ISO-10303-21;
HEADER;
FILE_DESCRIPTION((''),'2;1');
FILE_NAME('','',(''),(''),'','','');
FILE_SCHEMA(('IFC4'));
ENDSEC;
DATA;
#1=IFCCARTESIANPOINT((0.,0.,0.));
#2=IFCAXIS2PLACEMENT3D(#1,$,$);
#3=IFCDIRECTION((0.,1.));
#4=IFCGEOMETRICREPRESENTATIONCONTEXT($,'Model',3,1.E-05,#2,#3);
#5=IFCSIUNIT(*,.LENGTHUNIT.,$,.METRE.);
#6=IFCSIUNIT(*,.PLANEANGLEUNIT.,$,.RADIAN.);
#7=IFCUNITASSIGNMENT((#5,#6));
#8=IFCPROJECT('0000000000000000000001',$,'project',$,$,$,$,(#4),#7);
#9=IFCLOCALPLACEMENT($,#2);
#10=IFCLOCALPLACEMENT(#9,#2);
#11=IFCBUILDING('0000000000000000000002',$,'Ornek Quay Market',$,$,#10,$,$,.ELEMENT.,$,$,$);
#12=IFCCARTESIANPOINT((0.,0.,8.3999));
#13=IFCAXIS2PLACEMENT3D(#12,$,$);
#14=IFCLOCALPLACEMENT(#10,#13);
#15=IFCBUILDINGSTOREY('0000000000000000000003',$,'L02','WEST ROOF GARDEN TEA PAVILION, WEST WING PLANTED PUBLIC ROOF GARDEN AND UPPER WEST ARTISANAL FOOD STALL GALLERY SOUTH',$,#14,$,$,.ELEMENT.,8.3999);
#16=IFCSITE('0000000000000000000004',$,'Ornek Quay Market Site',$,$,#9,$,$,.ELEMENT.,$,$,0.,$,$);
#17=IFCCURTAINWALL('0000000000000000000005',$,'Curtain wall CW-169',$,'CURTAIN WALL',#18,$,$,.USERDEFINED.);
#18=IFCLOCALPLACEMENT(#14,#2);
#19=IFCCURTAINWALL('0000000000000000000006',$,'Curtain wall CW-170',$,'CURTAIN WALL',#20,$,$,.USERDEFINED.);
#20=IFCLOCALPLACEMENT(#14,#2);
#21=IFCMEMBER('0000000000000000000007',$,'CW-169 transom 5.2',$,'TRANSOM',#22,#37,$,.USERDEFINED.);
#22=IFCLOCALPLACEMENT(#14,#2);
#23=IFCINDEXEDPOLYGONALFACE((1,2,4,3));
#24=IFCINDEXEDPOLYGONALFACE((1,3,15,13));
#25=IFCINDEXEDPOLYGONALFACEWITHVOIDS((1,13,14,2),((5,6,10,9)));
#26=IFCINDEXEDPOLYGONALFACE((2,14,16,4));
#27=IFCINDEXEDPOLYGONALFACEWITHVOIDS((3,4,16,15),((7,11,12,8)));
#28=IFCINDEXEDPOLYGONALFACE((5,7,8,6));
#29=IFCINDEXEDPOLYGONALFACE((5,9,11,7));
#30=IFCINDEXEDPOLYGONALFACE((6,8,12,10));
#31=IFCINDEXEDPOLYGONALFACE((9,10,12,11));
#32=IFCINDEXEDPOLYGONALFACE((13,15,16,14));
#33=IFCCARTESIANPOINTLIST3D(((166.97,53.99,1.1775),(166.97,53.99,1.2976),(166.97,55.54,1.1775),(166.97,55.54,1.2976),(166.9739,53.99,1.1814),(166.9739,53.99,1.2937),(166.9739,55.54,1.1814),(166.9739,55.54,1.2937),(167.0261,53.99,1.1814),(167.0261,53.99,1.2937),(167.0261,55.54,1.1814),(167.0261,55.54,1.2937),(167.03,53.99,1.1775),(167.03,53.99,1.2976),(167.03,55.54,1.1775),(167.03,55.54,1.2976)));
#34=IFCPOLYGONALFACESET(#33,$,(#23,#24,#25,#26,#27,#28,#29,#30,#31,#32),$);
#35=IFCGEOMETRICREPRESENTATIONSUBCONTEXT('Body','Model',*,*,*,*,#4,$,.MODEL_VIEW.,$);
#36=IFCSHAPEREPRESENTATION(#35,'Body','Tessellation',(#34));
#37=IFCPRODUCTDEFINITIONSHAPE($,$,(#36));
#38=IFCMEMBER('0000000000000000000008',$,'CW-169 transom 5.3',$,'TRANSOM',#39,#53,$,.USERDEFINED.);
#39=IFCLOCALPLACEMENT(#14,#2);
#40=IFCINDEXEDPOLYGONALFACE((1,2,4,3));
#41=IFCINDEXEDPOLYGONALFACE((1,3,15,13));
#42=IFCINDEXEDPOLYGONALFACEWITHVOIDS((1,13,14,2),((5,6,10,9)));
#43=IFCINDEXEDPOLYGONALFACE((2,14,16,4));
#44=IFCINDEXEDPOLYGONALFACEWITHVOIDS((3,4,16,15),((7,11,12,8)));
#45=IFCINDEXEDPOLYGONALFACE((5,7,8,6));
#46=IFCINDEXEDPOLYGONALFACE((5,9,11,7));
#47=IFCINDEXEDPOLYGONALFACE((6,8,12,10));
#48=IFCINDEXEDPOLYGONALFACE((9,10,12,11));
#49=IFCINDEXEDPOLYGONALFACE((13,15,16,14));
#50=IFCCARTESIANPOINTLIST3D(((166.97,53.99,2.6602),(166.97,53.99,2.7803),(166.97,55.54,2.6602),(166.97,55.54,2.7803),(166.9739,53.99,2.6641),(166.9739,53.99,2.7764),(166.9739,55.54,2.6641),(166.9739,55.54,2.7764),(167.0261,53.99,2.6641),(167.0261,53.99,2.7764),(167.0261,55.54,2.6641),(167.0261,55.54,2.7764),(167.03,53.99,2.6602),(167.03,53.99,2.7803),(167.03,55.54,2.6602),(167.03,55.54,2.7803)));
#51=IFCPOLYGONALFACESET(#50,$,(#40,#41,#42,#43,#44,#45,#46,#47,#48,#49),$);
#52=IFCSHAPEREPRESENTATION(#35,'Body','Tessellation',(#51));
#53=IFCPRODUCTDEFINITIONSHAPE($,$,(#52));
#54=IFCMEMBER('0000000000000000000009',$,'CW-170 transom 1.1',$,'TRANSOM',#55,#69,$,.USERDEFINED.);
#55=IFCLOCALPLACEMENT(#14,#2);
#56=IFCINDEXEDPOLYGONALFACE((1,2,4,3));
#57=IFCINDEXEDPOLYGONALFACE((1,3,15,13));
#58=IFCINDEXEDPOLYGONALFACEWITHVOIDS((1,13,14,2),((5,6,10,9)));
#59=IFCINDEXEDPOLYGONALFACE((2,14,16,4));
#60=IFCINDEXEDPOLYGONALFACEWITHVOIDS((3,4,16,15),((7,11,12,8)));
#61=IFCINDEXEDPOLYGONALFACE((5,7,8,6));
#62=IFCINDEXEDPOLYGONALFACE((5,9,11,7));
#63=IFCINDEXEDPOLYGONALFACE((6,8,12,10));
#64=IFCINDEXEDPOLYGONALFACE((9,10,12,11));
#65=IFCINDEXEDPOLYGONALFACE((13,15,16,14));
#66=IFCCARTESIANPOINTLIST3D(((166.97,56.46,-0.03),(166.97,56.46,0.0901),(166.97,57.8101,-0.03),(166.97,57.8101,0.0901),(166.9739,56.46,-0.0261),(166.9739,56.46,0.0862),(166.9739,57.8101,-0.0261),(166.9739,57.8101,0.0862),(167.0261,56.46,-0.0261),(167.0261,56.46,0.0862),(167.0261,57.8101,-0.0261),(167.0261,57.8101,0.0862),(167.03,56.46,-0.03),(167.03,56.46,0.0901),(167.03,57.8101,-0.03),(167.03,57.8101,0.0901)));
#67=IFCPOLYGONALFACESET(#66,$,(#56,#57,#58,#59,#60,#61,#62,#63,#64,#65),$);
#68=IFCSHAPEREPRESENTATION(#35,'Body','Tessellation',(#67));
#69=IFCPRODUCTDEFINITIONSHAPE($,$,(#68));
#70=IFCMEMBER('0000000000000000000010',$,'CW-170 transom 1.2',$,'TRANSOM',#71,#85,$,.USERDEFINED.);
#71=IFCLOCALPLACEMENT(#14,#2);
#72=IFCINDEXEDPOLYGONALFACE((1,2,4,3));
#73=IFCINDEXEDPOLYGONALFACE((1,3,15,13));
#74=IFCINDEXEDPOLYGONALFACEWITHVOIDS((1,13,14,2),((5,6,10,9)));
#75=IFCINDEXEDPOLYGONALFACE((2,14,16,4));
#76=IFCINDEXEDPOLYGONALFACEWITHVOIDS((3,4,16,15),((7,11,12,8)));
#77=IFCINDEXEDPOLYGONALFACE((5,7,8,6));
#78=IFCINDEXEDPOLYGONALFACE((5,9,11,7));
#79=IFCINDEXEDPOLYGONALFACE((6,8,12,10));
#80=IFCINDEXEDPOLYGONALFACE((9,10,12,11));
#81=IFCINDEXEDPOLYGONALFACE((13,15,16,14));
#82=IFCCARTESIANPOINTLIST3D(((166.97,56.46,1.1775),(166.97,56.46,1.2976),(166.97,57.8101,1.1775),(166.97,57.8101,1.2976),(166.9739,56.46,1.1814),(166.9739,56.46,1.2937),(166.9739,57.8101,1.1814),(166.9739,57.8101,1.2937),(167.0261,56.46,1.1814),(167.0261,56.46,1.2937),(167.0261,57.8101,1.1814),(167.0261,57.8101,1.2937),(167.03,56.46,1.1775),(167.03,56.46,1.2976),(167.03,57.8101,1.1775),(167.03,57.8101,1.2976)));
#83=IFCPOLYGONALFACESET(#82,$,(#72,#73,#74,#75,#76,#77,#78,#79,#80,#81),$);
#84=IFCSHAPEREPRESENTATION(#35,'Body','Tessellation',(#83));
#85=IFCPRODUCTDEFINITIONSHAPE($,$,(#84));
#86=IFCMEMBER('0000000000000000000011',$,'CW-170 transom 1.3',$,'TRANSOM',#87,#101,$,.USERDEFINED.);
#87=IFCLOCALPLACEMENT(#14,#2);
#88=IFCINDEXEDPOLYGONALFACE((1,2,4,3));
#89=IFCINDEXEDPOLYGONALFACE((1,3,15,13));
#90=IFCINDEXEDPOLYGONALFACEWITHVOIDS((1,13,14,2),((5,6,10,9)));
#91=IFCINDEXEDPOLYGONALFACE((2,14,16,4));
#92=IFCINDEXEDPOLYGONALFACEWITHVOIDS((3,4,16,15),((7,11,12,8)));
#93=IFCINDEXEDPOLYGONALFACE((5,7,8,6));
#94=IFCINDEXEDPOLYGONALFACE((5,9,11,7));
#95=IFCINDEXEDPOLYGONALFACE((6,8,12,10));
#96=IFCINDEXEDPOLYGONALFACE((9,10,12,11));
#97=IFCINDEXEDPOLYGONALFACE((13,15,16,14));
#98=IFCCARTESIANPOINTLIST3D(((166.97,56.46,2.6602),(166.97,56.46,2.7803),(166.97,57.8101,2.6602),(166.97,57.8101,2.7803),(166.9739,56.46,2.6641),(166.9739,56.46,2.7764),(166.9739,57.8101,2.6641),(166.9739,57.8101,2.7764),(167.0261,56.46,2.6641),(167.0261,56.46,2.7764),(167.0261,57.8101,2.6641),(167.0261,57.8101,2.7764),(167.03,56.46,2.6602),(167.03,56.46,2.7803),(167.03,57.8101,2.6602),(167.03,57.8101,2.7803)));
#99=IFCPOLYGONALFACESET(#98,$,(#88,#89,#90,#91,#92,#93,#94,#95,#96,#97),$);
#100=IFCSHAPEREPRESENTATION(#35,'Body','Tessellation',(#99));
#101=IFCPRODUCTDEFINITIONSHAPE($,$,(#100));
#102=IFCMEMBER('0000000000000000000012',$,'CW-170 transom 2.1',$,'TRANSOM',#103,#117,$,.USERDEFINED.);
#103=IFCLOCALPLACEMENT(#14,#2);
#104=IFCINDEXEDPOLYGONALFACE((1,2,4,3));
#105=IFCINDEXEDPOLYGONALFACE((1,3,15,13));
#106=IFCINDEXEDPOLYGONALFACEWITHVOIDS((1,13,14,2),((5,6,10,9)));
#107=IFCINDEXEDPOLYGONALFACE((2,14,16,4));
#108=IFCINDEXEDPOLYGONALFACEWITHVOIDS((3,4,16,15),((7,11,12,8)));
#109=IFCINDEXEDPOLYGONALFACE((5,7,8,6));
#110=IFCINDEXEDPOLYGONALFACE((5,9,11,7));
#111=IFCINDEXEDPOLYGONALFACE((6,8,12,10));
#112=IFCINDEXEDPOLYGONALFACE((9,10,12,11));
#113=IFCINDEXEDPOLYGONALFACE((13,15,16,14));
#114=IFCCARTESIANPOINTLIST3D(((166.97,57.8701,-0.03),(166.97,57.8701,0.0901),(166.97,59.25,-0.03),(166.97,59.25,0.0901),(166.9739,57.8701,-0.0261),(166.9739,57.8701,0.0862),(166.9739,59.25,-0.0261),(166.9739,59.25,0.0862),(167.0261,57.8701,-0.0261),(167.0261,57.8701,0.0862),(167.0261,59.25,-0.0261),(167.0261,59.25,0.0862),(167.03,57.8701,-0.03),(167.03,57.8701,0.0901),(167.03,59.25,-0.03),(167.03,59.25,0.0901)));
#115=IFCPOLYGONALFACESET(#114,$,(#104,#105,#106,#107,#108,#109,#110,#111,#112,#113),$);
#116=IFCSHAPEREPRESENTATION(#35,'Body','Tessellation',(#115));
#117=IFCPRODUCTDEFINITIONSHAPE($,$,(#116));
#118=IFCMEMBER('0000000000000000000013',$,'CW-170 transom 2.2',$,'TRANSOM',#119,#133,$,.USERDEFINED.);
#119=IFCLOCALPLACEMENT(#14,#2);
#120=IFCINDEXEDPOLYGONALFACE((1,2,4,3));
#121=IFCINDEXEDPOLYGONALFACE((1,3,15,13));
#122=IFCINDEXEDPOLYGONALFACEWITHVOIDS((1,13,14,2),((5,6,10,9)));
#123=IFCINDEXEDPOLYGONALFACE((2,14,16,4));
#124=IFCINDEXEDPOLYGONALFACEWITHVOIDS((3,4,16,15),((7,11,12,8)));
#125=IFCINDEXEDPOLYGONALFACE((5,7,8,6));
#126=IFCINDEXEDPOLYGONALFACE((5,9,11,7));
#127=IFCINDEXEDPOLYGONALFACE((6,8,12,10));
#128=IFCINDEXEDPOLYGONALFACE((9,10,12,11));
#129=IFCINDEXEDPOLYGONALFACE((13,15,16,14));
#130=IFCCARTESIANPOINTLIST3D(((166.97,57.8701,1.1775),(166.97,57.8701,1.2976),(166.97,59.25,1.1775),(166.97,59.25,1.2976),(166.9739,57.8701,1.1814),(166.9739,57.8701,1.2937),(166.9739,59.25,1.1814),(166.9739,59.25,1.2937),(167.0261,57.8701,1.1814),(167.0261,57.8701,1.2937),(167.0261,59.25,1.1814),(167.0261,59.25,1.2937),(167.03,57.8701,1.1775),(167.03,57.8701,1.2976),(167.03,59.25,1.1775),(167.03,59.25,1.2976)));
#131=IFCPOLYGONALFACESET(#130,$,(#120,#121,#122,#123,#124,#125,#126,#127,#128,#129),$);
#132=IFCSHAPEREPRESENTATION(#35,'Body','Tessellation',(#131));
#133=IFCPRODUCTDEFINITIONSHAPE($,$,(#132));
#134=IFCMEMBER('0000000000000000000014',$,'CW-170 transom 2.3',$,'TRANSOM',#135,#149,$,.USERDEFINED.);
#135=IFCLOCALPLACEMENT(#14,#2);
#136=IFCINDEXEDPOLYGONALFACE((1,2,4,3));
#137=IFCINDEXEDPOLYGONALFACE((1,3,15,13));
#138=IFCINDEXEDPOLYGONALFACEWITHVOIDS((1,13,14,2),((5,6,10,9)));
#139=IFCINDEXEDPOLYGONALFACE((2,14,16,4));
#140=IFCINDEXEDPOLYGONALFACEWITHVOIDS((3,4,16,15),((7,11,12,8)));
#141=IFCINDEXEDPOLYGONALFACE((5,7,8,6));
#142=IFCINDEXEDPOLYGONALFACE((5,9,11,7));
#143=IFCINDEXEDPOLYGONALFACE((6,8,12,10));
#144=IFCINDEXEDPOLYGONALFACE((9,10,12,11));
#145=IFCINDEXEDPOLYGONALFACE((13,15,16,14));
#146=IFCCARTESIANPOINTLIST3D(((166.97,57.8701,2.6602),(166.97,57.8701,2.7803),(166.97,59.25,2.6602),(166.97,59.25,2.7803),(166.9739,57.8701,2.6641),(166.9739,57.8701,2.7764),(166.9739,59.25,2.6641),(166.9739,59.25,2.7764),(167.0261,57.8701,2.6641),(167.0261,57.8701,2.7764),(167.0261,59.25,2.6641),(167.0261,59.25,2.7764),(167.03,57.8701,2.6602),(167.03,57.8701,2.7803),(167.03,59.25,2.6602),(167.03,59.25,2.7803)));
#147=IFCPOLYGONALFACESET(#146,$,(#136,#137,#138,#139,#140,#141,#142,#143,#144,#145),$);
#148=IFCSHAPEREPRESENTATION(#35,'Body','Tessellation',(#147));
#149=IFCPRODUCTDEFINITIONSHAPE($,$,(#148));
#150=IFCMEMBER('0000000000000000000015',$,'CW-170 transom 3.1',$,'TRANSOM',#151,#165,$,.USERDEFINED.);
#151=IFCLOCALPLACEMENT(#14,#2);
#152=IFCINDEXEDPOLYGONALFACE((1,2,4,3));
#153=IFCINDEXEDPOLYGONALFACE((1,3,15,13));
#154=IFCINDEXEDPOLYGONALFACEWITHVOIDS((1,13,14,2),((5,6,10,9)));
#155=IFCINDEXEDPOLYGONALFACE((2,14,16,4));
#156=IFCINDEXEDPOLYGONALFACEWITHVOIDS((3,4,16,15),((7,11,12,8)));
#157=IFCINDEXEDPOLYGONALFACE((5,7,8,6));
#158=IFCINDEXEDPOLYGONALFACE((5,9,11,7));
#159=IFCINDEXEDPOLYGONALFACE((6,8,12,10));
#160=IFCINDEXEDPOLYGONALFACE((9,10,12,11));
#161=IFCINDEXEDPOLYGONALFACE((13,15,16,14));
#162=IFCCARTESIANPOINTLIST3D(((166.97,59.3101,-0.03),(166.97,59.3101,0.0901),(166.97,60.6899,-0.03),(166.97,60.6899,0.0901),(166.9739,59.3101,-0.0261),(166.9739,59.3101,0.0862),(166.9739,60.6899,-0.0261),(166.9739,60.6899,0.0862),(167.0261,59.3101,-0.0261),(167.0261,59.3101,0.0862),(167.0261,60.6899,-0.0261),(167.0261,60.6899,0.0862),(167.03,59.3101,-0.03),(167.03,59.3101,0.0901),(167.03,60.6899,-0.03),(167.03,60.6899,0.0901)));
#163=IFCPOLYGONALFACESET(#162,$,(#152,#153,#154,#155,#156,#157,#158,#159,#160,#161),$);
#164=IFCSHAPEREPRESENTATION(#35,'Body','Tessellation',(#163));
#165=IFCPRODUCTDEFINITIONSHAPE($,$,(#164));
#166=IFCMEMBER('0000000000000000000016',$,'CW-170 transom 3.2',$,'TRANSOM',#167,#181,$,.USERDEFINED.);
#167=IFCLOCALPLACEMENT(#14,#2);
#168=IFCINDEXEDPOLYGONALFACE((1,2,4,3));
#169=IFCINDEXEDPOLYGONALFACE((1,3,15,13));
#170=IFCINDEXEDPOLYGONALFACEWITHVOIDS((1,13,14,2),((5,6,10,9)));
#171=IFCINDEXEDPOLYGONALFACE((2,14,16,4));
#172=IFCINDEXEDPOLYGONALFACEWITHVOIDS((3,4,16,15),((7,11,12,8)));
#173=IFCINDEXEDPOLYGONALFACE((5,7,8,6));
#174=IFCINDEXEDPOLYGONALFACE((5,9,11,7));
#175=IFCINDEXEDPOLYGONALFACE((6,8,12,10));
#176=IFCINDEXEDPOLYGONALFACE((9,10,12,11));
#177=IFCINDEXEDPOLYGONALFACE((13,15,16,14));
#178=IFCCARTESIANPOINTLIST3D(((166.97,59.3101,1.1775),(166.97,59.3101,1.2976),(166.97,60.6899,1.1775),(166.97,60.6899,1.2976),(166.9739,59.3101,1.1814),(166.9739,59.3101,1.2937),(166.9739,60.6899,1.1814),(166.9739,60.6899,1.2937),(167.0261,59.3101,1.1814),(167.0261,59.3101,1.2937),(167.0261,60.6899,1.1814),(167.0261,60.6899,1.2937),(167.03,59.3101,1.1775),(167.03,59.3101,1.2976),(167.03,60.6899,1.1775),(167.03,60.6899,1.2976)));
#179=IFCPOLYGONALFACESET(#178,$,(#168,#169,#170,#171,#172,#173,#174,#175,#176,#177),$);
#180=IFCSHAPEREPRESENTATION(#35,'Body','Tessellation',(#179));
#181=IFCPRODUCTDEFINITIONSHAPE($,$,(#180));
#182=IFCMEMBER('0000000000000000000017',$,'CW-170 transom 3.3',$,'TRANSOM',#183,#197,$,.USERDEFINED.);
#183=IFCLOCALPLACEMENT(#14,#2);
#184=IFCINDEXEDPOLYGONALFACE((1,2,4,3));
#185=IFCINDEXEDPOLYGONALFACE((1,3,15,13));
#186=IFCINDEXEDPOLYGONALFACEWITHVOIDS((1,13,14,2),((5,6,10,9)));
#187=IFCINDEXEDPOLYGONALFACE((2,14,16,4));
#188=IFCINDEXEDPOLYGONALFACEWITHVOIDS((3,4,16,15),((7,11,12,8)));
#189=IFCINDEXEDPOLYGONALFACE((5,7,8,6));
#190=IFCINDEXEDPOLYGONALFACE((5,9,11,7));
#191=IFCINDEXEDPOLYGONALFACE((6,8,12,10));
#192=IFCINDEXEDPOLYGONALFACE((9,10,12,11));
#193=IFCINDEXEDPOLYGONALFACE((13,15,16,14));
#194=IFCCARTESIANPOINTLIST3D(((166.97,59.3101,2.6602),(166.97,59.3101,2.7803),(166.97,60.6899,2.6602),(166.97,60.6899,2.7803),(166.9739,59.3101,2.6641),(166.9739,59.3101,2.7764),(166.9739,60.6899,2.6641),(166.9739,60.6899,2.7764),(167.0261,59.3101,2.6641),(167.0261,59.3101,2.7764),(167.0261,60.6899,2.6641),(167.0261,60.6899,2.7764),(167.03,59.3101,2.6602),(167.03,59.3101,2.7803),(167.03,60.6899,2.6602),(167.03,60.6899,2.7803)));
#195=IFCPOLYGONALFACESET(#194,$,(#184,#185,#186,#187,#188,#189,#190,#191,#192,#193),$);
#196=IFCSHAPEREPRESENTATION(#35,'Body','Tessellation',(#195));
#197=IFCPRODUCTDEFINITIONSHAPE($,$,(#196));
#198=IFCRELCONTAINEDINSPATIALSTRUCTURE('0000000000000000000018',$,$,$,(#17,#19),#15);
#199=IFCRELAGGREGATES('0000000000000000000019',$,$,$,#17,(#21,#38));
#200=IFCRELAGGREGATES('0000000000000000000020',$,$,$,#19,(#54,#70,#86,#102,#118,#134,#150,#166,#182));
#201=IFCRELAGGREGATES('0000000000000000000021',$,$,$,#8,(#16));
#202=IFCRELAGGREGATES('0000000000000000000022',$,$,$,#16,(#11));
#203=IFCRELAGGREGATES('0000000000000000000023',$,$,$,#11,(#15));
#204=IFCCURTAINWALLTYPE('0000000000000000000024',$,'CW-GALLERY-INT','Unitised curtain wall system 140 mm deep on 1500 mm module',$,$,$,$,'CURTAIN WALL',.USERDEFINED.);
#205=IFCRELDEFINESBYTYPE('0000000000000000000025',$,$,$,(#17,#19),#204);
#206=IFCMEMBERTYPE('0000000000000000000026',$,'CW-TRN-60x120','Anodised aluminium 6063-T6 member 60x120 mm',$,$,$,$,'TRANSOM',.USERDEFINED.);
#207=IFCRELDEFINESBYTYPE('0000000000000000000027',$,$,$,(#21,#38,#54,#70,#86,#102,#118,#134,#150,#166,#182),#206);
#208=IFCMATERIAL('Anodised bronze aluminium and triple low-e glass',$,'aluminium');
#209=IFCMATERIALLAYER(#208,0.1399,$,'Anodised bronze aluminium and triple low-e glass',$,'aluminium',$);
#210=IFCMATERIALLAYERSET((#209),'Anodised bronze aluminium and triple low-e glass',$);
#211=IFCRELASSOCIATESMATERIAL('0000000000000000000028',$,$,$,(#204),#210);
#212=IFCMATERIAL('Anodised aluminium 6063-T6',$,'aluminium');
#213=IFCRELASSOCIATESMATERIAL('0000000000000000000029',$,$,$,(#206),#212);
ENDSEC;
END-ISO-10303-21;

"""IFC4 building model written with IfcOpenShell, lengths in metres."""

from ifc_helpers import new_model, si_unit, direction, frame, origin, origin_2d, place, context, subcontext, project, spatial, hollow_rectangle, extrude, material, layer, layer_set, material_profile, profile_set, type_object, element, aggregate, save


model = new_model("IFC4")

# Units and contexts
model_context = context("Model", 3, precision=1e-05, world=origin(), true_north=direction((0.0, 1.0)))
body_context = subcontext(model_context, "Body", "Model", "MODEL_VIEW")
ifc_project = project(units=[si_unit("LENGTHUNIT", "METRE"), si_unit("PLANEANGLEUNIT", "RADIAN")], contexts=[model_context])

# Site, building, storey
site_placement = place(None, origin())
site = spatial("IfcSite", under=ifc_project, at=site_placement, Name="Ornek Quay Market Site", CompositionType="ELEMENT", RefElevation=0.0)
building_placement = place(site_placement, origin())
building = spatial("IfcBuilding", under=site, at=building_placement, Name="Ornek Quay Market", CompositionType="ELEMENT")
storey_placement = place(building_placement, frame((0.0, 0.0, 8.3999)))
storey = spatial("IfcBuildingStorey", under=building, at=storey_placement, Name="L02", Description="WEST ROOF GARDEN TEA PAVILION, WEST WING PLANTED PUBLIC ROOF GARDEN AND UPPER WEST ARTISANAL FOOD STALL GALLERY SOUTH", CompositionType="ELEMENT", Elevation=8.3999)

# Curtain wall
ifc_material_1 = material(Name="Anodised bronze aluminium and triple low-e glass", Category="aluminium")
ifc_layer_1 = layer(ifc_material_1, 0.1399, Name="Anodised bronze aluminium and triple low-e glass", Category="aluminium")
ifc_layer_set_1 = layer_set([ifc_layer_1], Name="Anodised bronze aluminium and triple low-e glass")
curtain_wall_type = type_object("IfcCurtainWallType", Name="CW-GALLERY-INT", Description="Unitised curtain wall system 140 mm deep on 1500 mm module", ElementType="CURTAIN WALL", PredefinedType="USERDEFINED", material=ifc_layer_set_1)
curtain_wall_1_placement = place(storey_placement, origin())
curtain_wall_1 = element("IfcCurtainWall", 1, at=curtain_wall_1_placement, inside=storey, type_object=curtain_wall_type, Name="Curtain wall CW-169", ObjectType="CURTAIN WALL", PredefinedType="USERDEFINED")
ifc_material_2 = material(Name="Anodised aluminium 6063-T6", Category="aluminium")

# Curtain wall
curtain_wall_2_placement = place(storey_placement, origin())
curtain_wall_2 = element("IfcCurtainWall", 2, at=curtain_wall_2_placement, inside=storey, type_object=curtain_wall_type, Name="Curtain wall CW-170", ObjectType="CURTAIN WALL", PredefinedType="USERDEFINED")

# Members
ifc_material_profile_1 = material_profile(ifc_material_2, hollow_rectangle(XDim=0.0601, YDim=0.1201, WallThickness=0.0039, at=origin_2d()), Name="CW-TRN-60x120", Category="aluminium")
ifc_profile_set_1 = profile_set([ifc_material_profile_1], Name="Anodised aluminium 6063-T6")
member_type_1 = type_object("IfcMemberType", Name="CW-TRN-60x120", Description="Anodised aluminium 6063-T6 member 60x120 mm", ElementType="TRANSOM", PredefinedType="USERDEFINED", material=ifc_profile_set_1)
member_1_placement = place(storey_placement, frame((167.0, 53.99, 1.2375), z_axis=(0.0, 1.0, 0.0), x_axis=(-1.0, 0.0, 0.0)))
member_1 = element("IfcMember", 3, at=member_1_placement, type_object=member_type_1, Name="CW-169 transom 5.2", ObjectType="TRANSOM", PredefinedType="USERDEFINED", context=body_context, shape_type="SweptSolid", body=[
    extrude(hollow_rectangle(XDim=0.0601, YDim=0.1201, WallThickness=0.0039, at=origin_2d()), origin(), (0.0, 0.0, 1.0), 1.55),
])
member_2_placement = place(storey_placement, frame((167.0, 53.99, 2.7202), z_axis=(0.0, 1.0, 0.0), x_axis=(-1.0, 0.0, 0.0)))
member_2 = element("IfcMember", 4, at=member_2_placement, type_object=member_type_1, Name="CW-169 transom 5.3", ObjectType="TRANSOM", PredefinedType="USERDEFINED", context=body_context, shape_type="SweptSolid", body=[
    extrude(hollow_rectangle(XDim=0.0601, YDim=0.1201, WallThickness=0.0039, at=origin_2d()), origin(), (0.0, 0.0, 1.0), 1.55),
])
member_3_placement = place(storey_placement, frame((167.0, 56.46, 0.03), z_axis=(0.0, 1.0, 0.0), x_axis=(-1.0, 0.0, 0.0)))
member_3 = element("IfcMember", 5, at=member_3_placement, type_object=member_type_1, Name="CW-170 transom 1.1", ObjectType="TRANSOM", PredefinedType="USERDEFINED", context=body_context, shape_type="SweptSolid", body=[
    extrude(hollow_rectangle(XDim=0.0601, YDim=0.1201, WallThickness=0.0039, at=origin_2d()), origin(), (0.0, 0.0, 1.0), 1.3501),
])
member_4_placement = place(storey_placement, frame((167.0, 56.46, 1.2375), z_axis=(0.0, 1.0, 0.0), x_axis=(-1.0, 0.0, 0.0)))
member_4 = element("IfcMember", 6, at=member_4_placement, type_object=member_type_1, Name="CW-170 transom 1.2", ObjectType="TRANSOM", PredefinedType="USERDEFINED", context=body_context, shape_type="SweptSolid", body=[
    extrude(hollow_rectangle(XDim=0.0601, YDim=0.1201, WallThickness=0.0039, at=origin_2d()), origin(), (0.0, 0.0, 1.0), 1.3501),
])
member_5_placement = place(storey_placement, frame((167.0, 56.46, 2.7202), z_axis=(0.0, 1.0, 0.0), x_axis=(-1.0, 0.0, 0.0)))
member_5 = element("IfcMember", 7, at=member_5_placement, type_object=member_type_1, Name="CW-170 transom 1.3", ObjectType="TRANSOM", PredefinedType="USERDEFINED", context=body_context, shape_type="SweptSolid", body=[
    extrude(hollow_rectangle(XDim=0.0601, YDim=0.1201, WallThickness=0.0039, at=origin_2d()), origin(), (0.0, 0.0, 1.0), 1.3501),
])
member_6_placement = place(storey_placement, frame((167.0, 57.8701, 0.03), z_axis=(0.0, 1.0, 0.0), x_axis=(-1.0, 0.0, 0.0)))
member_6 = element("IfcMember", 8, at=member_6_placement, type_object=member_type_1, Name="CW-170 transom 2.1", ObjectType="TRANSOM", PredefinedType="USERDEFINED", context=body_context, shape_type="SweptSolid", body=[
    extrude(hollow_rectangle(XDim=0.0601, YDim=0.1201, WallThickness=0.0039, at=origin_2d()), origin(), (0.0, 0.0, 1.0), 1.3799),
])
member_7_placement = place(storey_placement, frame((167.0, 57.8701, 1.2375), z_axis=(0.0, 1.0, 0.0), x_axis=(-1.0, 0.0, 0.0)))
member_7 = element("IfcMember", 9, at=member_7_placement, type_object=member_type_1, Name="CW-170 transom 2.2", ObjectType="TRANSOM", PredefinedType="USERDEFINED", context=body_context, shape_type="SweptSolid", body=[
    extrude(hollow_rectangle(XDim=0.0601, YDim=0.1201, WallThickness=0.0039, at=origin_2d()), origin(), (0.0, 0.0, 1.0), 1.3799),
])
member_8_placement = place(storey_placement, frame((167.0, 57.8701, 2.7202), z_axis=(0.0, 1.0, 0.0), x_axis=(-1.0, 0.0, 0.0)))
member_8 = element("IfcMember", 10, at=member_8_placement, type_object=member_type_1, Name="CW-170 transom 2.3", ObjectType="TRANSOM", PredefinedType="USERDEFINED", context=body_context, shape_type="SweptSolid", body=[
    extrude(hollow_rectangle(XDim=0.0601, YDim=0.1201, WallThickness=0.0039, at=origin_2d()), origin(), (0.0, 0.0, 1.0), 1.3799),
])
member_9_placement = place(storey_placement, frame((167.0, 59.3101, 0.03), z_axis=(0.0, 1.0, 0.0), x_axis=(-1.0, 0.0, 0.0)))
member_9 = element("IfcMember", 11, at=member_9_placement, type_object=member_type_1, Name="CW-170 transom 3.1", ObjectType="TRANSOM", PredefinedType="USERDEFINED", context=body_context, shape_type="SweptSolid", body=[
    extrude(hollow_rectangle(XDim=0.0601, YDim=0.1201, WallThickness=0.0039, at=origin_2d()), origin(), (0.0, 0.0, 1.0), 1.3799),
])
member_10_placement = place(storey_placement, frame((167.0, 59.3101, 1.2375), z_axis=(0.0, 1.0, 0.0), x_axis=(-1.0, 0.0, 0.0)))
member_10 = element("IfcMember", 12, at=member_10_placement, type_object=member_type_1, Name="CW-170 transom 3.2", ObjectType="TRANSOM", PredefinedType="USERDEFINED", context=body_context, shape_type="SweptSolid", body=[
    extrude(hollow_rectangle(XDim=0.0601, YDim=0.1201, WallThickness=0.0039, at=origin_2d()), origin(), (0.0, 0.0, 1.0), 1.3799),
])
member_11_placement = place(storey_placement, frame((167.0, 59.3101, 2.7202), z_axis=(0.0, 1.0, 0.0), x_axis=(-1.0, 0.0, 0.0)))
member_11 = element("IfcMember", 13, at=member_11_placement, type_object=member_type_1, Name="CW-170 transom 3.3", ObjectType="TRANSOM", PredefinedType="USERDEFINED", context=body_context, shape_type="SweptSolid", body=[
    extrude(hollow_rectangle(XDim=0.0601, YDim=0.1201, WallThickness=0.0039, at=origin_2d()), origin(), (0.0, 0.0, 1.0), 1.3799),
])

aggregate(curtain_wall_1, [member_1, member_2])
aggregate(curtain_wall_2, [member_3, member_4, member_5, member_6, member_7, member_8, member_9, member_10, member_11])

save(model, "model.ifc")
